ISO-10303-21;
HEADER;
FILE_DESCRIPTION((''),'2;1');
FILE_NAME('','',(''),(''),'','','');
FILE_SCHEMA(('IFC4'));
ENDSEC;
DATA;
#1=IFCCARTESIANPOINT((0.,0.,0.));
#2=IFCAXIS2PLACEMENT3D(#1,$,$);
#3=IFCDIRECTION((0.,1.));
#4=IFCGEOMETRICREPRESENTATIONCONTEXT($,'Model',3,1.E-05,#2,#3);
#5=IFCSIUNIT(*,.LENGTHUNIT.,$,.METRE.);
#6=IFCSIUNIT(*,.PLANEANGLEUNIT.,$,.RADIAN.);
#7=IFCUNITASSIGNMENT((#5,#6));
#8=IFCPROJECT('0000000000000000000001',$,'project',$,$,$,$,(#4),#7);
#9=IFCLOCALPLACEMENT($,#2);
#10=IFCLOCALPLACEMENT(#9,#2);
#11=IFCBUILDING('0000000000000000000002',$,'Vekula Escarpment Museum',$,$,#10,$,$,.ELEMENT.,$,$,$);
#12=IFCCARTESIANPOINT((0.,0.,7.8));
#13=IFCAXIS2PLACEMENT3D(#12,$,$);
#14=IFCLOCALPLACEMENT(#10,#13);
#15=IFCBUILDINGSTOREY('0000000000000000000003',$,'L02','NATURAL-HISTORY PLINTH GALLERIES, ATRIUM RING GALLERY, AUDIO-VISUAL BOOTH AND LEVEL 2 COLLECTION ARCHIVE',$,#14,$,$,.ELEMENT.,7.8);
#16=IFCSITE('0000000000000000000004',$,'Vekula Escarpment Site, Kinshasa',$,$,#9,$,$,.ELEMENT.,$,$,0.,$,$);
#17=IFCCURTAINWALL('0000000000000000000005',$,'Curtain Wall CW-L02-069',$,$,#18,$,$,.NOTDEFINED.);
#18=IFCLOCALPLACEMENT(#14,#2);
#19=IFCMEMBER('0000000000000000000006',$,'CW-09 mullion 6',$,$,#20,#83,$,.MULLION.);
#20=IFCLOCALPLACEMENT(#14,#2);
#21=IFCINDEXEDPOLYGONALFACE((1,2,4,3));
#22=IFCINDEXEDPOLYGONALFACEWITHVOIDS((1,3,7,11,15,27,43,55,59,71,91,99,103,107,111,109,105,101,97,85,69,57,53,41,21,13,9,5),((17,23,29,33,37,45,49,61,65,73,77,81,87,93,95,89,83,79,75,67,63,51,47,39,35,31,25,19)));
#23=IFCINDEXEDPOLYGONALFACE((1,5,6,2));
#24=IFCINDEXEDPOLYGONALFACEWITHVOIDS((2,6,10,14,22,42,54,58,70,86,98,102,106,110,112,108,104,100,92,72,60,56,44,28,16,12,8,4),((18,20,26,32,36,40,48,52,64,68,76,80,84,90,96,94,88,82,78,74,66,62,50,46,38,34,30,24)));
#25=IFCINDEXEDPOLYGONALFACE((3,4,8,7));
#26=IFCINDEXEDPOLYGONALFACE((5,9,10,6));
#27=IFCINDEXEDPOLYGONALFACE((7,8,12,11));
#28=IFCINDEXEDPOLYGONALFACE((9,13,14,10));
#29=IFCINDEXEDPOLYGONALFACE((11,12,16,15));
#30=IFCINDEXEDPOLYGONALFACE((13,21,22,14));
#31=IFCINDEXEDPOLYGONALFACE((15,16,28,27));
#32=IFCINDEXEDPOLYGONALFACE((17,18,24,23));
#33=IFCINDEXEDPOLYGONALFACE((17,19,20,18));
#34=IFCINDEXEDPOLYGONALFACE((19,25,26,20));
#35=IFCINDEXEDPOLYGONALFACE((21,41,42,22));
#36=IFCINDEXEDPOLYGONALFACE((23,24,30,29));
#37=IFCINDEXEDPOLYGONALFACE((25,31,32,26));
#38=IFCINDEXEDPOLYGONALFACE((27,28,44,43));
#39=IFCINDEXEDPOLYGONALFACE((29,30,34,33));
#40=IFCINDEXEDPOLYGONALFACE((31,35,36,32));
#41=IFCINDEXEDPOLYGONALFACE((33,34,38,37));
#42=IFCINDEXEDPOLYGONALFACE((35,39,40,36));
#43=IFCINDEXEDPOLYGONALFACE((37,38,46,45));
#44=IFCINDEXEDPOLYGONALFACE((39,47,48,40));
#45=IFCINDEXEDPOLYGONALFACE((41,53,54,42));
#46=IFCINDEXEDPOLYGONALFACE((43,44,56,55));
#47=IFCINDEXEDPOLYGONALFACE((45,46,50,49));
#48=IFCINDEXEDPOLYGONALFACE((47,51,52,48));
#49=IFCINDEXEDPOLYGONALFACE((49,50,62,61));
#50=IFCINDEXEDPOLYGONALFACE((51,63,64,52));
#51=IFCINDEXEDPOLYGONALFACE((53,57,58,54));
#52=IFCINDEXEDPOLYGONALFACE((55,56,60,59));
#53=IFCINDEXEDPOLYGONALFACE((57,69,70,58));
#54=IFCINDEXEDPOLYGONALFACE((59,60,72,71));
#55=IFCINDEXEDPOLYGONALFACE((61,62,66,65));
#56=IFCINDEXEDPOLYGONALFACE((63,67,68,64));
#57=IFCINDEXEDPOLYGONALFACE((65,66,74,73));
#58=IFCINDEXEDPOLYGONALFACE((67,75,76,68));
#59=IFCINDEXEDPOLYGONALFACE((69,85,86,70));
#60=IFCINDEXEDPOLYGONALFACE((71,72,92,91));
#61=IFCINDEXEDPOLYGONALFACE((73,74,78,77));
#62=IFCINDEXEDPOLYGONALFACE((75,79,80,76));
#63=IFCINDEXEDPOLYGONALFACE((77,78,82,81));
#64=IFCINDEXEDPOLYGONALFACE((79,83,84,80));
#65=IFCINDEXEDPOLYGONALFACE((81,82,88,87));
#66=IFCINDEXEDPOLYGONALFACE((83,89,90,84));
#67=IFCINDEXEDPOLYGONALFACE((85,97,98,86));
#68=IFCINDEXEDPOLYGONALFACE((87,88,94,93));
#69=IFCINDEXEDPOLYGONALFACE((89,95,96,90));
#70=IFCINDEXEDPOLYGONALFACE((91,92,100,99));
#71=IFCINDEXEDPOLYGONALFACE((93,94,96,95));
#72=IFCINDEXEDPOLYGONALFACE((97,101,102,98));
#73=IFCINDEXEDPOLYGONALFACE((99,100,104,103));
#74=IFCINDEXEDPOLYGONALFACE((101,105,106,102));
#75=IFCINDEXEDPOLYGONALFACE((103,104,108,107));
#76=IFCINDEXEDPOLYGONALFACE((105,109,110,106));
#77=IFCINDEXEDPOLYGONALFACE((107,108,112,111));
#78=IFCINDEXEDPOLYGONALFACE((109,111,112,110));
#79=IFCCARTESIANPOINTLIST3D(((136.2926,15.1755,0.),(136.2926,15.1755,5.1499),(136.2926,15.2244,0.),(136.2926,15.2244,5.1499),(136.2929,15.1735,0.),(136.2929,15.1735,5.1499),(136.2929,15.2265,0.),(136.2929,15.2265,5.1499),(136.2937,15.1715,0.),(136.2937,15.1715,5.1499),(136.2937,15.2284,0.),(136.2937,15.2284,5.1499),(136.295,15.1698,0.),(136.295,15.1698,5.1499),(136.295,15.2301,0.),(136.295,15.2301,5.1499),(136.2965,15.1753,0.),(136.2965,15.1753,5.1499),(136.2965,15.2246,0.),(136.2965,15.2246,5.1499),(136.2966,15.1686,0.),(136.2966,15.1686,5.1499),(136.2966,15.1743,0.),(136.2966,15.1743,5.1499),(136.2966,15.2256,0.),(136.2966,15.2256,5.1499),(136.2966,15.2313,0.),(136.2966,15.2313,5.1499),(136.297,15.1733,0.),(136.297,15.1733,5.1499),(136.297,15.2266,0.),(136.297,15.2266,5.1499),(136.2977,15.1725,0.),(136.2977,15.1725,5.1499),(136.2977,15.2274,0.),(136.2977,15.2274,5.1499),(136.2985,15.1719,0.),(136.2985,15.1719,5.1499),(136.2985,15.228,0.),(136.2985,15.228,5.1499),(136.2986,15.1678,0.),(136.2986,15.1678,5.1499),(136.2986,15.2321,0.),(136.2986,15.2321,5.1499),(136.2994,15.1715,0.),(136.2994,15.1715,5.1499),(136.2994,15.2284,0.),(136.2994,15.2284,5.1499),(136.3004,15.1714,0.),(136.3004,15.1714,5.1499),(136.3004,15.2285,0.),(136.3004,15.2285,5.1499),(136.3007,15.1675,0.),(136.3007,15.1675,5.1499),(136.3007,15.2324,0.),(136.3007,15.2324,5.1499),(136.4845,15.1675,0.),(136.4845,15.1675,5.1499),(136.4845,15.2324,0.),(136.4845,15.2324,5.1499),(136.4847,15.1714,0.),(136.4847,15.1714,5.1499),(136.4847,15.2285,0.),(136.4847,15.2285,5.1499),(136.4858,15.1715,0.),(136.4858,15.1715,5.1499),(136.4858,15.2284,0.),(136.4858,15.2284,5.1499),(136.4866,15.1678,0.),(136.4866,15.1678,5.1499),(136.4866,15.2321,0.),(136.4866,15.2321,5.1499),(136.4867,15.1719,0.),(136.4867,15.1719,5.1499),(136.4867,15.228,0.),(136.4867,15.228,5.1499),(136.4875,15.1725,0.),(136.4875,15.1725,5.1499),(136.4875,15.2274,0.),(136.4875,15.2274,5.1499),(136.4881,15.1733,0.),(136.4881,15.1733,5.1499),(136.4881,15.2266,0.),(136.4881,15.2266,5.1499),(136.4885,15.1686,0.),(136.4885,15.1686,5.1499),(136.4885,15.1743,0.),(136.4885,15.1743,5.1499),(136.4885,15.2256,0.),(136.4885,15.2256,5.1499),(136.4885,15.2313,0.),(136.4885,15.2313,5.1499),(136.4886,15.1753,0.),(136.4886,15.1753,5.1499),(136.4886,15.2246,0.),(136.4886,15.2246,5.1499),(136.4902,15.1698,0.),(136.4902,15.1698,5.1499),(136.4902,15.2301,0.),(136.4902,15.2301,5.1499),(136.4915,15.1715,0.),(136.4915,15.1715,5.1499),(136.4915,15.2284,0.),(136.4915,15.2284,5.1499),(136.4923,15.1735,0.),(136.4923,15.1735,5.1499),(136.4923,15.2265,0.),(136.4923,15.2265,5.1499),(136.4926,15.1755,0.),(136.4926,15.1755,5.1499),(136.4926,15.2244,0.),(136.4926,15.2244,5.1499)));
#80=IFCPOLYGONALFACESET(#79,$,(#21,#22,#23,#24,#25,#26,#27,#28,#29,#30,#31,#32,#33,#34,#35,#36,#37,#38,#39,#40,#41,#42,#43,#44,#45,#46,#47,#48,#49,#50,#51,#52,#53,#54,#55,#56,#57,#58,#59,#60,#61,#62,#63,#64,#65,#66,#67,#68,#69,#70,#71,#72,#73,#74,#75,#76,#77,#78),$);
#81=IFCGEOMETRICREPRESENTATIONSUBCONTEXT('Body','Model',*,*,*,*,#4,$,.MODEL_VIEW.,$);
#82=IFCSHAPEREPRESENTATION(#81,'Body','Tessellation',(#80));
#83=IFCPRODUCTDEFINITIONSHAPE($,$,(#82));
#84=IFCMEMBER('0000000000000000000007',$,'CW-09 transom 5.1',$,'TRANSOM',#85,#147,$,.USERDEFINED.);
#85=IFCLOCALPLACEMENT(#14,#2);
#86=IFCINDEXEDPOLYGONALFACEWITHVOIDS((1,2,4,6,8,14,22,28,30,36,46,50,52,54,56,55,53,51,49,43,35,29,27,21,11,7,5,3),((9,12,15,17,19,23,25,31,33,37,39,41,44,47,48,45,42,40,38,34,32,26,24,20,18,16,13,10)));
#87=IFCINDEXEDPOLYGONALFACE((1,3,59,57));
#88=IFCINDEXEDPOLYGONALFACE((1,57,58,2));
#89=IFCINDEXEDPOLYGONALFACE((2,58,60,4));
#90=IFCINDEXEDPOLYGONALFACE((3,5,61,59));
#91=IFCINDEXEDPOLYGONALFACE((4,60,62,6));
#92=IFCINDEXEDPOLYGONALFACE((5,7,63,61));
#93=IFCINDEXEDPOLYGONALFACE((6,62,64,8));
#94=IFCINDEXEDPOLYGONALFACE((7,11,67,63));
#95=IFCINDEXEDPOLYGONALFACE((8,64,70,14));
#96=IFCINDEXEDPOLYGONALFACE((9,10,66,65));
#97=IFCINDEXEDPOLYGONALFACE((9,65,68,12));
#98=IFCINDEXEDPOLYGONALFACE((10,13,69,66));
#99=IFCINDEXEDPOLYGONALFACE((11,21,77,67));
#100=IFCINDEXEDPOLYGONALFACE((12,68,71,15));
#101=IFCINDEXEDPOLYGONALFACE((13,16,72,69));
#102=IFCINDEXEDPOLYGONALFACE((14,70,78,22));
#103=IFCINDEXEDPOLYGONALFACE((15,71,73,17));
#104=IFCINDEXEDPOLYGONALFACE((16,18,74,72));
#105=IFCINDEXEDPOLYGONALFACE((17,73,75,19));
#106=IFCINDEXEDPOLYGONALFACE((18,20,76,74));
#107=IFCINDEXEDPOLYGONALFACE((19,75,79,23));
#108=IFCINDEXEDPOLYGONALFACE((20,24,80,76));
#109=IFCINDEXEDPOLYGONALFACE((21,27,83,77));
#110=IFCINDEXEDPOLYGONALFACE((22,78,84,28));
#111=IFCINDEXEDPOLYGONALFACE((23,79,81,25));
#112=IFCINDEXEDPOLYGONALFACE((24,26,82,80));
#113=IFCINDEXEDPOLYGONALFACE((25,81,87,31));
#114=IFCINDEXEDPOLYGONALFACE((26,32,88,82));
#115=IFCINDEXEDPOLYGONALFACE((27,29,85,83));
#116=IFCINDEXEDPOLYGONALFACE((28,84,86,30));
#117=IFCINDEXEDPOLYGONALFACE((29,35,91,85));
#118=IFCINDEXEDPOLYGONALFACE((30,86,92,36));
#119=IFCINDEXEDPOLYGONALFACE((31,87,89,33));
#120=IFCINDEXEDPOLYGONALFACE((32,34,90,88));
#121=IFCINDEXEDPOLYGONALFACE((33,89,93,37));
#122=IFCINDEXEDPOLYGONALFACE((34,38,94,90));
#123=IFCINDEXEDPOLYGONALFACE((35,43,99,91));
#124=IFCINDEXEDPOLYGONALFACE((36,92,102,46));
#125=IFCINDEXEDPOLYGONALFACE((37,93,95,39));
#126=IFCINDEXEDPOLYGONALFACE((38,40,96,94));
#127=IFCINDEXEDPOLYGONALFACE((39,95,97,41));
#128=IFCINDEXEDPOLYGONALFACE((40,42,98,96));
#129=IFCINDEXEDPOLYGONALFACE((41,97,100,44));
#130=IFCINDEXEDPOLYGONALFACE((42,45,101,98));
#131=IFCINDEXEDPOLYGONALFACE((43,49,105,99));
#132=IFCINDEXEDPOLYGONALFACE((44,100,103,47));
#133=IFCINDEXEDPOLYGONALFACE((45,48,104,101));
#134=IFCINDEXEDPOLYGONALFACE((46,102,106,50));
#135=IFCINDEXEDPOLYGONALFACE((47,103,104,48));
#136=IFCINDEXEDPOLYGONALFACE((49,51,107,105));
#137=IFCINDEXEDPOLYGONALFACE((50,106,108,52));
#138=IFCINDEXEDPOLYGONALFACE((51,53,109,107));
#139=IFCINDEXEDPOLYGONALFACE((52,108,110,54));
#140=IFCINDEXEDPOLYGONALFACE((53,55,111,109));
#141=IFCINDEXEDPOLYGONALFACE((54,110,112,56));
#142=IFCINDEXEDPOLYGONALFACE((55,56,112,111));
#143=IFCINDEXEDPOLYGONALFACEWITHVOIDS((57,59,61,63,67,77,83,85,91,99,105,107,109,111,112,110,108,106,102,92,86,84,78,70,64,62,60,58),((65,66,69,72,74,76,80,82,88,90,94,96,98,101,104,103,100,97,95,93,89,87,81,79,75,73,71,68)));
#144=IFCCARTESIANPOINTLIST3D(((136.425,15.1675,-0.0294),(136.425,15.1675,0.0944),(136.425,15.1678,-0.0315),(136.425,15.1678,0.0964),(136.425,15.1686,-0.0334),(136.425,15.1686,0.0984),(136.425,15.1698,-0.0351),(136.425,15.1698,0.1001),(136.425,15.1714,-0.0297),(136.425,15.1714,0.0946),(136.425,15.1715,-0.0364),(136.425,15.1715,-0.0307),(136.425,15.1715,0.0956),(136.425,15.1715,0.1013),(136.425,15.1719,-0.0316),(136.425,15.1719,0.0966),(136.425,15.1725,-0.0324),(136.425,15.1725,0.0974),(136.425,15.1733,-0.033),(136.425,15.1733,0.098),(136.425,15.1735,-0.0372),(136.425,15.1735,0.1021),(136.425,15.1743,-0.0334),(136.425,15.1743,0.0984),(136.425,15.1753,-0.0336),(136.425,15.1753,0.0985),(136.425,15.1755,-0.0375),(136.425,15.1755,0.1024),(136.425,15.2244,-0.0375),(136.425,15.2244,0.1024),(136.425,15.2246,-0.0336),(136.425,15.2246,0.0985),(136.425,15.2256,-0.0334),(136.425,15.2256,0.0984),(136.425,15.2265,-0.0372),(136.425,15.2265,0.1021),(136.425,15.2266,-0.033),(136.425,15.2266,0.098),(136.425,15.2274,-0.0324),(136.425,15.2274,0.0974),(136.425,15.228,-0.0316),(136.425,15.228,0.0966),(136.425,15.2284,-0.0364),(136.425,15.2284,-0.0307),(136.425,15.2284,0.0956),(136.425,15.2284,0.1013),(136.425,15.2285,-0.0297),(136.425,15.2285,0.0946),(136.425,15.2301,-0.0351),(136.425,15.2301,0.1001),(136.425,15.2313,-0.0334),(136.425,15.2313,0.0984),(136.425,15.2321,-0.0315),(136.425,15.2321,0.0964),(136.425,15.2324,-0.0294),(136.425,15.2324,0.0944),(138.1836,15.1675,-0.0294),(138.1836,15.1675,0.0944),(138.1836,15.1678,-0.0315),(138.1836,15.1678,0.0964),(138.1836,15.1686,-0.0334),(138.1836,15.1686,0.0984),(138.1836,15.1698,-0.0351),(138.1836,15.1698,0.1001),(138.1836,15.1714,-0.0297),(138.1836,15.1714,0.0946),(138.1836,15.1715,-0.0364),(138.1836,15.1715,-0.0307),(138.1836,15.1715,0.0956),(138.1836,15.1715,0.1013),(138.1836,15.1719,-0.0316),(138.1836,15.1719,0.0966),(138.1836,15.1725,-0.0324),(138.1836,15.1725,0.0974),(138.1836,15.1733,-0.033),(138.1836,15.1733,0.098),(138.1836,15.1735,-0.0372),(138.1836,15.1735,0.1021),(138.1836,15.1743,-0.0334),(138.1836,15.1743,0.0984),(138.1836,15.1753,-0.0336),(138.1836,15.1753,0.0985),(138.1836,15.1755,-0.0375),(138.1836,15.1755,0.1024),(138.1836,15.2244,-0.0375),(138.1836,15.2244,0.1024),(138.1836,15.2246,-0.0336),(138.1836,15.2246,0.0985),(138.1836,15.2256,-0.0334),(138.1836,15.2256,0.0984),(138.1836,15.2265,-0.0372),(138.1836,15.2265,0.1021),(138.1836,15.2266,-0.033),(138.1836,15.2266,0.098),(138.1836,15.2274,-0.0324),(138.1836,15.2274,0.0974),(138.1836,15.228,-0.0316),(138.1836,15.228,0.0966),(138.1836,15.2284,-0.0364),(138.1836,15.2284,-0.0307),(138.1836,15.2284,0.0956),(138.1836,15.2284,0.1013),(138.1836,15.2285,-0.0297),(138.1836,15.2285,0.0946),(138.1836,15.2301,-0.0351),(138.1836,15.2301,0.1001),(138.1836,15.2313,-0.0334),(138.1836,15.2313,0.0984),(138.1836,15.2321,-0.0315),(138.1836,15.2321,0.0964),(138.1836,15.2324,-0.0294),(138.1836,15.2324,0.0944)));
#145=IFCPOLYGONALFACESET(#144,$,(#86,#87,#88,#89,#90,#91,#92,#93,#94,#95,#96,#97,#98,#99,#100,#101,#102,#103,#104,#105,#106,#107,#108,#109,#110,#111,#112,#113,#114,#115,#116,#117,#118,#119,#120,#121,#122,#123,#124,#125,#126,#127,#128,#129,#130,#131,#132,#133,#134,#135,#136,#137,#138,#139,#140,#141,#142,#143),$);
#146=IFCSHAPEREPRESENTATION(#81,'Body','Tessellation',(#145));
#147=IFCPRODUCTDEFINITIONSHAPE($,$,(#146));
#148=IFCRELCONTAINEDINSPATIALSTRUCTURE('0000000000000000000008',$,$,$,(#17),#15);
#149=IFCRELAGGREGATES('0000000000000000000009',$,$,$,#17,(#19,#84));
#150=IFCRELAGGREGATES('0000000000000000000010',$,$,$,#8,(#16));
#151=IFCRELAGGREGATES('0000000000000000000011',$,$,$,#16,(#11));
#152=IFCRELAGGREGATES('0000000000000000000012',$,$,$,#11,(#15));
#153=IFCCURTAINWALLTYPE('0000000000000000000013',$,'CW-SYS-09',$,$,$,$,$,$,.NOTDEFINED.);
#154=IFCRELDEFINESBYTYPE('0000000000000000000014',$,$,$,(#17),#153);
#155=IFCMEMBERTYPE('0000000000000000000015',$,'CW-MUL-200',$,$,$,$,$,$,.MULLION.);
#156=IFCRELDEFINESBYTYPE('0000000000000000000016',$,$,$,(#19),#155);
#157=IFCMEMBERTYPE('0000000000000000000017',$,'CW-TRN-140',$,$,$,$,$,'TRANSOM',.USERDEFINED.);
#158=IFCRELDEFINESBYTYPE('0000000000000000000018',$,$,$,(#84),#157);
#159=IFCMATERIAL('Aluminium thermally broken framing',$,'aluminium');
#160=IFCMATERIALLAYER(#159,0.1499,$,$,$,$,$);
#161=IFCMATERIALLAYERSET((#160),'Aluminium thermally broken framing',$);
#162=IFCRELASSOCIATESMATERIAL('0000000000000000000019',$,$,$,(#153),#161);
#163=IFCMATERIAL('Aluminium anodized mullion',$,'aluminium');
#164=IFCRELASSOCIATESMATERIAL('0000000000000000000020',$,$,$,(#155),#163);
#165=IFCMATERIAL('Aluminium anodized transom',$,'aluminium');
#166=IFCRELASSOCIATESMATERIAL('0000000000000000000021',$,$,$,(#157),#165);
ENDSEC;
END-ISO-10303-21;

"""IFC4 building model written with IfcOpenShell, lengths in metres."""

from ifc_helpers import new_model, si_unit, direction, frame, origin, origin_2d, place, context, subcontext, project, spatial, hollow_rectangle, extrude, material, layer, layer_set, material_profile, profile_set, type_object, element, aggregate, save


model = new_model("IFC4")

# Units and contexts
model_context = context("Model", 3, precision=1e-05, world=origin(), true_north=direction((0.0, 1.0)))
body_context = subcontext(model_context, "Body", "Model", "MODEL_VIEW")
ifc_project = project(units=[si_unit("LENGTHUNIT", "METRE"), si_unit("PLANEANGLEUNIT", "RADIAN")], contexts=[model_context])

# Site, building, storey
site_placement = place(None, origin())
site = spatial("IfcSite", under=ifc_project, at=site_placement, Name="Vekula Escarpment Site, Kinshasa", CompositionType="ELEMENT", RefElevation=0.0)
building_placement = place(site_placement, origin())
building = spatial("IfcBuilding", under=site, at=building_placement, Name="Vekula Escarpment Museum", CompositionType="ELEMENT")
storey_placement = place(building_placement, frame((0.0, 0.0, 7.8)))
storey = spatial("IfcBuildingStorey", under=building, at=storey_placement, Name="L02", Description="NATURAL-HISTORY PLINTH GALLERIES, ATRIUM RING GALLERY, AUDIO-VISUAL BOOTH AND LEVEL 2 COLLECTION ARCHIVE", CompositionType="ELEMENT", Elevation=7.8)

# Curtain wall, members
ifc_material_1 = material(Name="Aluminium thermally broken framing", Category="aluminium")
ifc_layer_1 = layer(ifc_material_1, 0.1499)
ifc_layer_set_1 = layer_set([ifc_layer_1], Name="Aluminium thermally broken framing")
curtain_wall_type = type_object("IfcCurtainWallType", Name="CW-SYS-09", PredefinedType="NOTDEFINED", material=ifc_layer_set_1)
curtain_wall_placement = place(storey_placement, origin())
curtain_wall = element("IfcCurtainWall", 1, at=curtain_wall_placement, inside=storey, type_object=curtain_wall_type, Name="Curtain Wall CW-L02-069", PredefinedType="NOTDEFINED")
ifc_material_2 = material(Name="Aluminium anodized mullion", Category="aluminium")
ifc_material_profile_1 = material_profile(ifc_material_2, hollow_rectangle(XDim=0.0649, YDim=0.2, WallThickness=0.0039, InnerFilletRadius=0.0039, OuterFilletRadius=0.0081, at=origin_2d()), Name="ALU 200x65x4")
ifc_profile_set_1 = profile_set([ifc_material_profile_1], Name="Aluminium anodized mullion")
member_type_1 = type_object("IfcMemberType", Name="CW-MUL-200", PredefinedType="MULLION", material=ifc_profile_set_1)
member_1_placement = place(storey_placement, frame((136.3926, 15.2, 0.0), z_axis=(0.0, 0.0, 1.0), x_axis=(0.0, -1.0, 0.0)))
member_1 = element("IfcMember", 2, at=member_1_placement, type_object=member_type_1, Name="CW-09 mullion 6", PredefinedType="MULLION", context=body_context, shape_type="SweptSolid", body=[
    extrude(hollow_rectangle(XDim=0.0649, YDim=0.2, WallThickness=0.0039, InnerFilletRadius=0.0039, OuterFilletRadius=0.0081, at=origin_2d()), origin(), (0.0, 0.0, 1.0), 5.1499),
])
ifc_material_3 = material(Name="Aluminium anodized transom", Category="aluminium")
ifc_material_profile_2 = material_profile(ifc_material_3, hollow_rectangle(XDim=0.0649, YDim=0.1399, WallThickness=0.0039, InnerFilletRadius=0.0039, OuterFilletRadius=0.0081, at=origin_2d()), Name="ALU 140x65x4")
ifc_profile_set_2 = profile_set([ifc_material_profile_2], Name="Aluminium anodized transom")
member_type_2 = type_object("IfcMemberType", Name="CW-TRN-140", ElementType="TRANSOM", PredefinedType="USERDEFINED", material=ifc_profile_set_2)
member_2_placement = place(storey_placement, frame((138.1836, 15.2, 0.0325), z_axis=(-1.0, 0.0, 0.0), x_axis=(0.0, -1.0, 0.0)))
member_2 = element("IfcMember", 3, at=member_2_placement, type_object=member_type_2, Name="CW-09 transom 5.1", ObjectType="TRANSOM", PredefinedType="USERDEFINED", context=body_context, shape_type="SweptSolid", body=[
    extrude(hollow_rectangle(XDim=0.0649, YDim=0.1399, WallThickness=0.0039, InnerFilletRadius=0.0039, OuterFilletRadius=0.0081, at=origin_2d()), origin(), (0.0, 0.0, 1.0), 1.7585),
])
aggregate(curtain_wall, [member_1, member_2])

save(model, "model.ifc")
